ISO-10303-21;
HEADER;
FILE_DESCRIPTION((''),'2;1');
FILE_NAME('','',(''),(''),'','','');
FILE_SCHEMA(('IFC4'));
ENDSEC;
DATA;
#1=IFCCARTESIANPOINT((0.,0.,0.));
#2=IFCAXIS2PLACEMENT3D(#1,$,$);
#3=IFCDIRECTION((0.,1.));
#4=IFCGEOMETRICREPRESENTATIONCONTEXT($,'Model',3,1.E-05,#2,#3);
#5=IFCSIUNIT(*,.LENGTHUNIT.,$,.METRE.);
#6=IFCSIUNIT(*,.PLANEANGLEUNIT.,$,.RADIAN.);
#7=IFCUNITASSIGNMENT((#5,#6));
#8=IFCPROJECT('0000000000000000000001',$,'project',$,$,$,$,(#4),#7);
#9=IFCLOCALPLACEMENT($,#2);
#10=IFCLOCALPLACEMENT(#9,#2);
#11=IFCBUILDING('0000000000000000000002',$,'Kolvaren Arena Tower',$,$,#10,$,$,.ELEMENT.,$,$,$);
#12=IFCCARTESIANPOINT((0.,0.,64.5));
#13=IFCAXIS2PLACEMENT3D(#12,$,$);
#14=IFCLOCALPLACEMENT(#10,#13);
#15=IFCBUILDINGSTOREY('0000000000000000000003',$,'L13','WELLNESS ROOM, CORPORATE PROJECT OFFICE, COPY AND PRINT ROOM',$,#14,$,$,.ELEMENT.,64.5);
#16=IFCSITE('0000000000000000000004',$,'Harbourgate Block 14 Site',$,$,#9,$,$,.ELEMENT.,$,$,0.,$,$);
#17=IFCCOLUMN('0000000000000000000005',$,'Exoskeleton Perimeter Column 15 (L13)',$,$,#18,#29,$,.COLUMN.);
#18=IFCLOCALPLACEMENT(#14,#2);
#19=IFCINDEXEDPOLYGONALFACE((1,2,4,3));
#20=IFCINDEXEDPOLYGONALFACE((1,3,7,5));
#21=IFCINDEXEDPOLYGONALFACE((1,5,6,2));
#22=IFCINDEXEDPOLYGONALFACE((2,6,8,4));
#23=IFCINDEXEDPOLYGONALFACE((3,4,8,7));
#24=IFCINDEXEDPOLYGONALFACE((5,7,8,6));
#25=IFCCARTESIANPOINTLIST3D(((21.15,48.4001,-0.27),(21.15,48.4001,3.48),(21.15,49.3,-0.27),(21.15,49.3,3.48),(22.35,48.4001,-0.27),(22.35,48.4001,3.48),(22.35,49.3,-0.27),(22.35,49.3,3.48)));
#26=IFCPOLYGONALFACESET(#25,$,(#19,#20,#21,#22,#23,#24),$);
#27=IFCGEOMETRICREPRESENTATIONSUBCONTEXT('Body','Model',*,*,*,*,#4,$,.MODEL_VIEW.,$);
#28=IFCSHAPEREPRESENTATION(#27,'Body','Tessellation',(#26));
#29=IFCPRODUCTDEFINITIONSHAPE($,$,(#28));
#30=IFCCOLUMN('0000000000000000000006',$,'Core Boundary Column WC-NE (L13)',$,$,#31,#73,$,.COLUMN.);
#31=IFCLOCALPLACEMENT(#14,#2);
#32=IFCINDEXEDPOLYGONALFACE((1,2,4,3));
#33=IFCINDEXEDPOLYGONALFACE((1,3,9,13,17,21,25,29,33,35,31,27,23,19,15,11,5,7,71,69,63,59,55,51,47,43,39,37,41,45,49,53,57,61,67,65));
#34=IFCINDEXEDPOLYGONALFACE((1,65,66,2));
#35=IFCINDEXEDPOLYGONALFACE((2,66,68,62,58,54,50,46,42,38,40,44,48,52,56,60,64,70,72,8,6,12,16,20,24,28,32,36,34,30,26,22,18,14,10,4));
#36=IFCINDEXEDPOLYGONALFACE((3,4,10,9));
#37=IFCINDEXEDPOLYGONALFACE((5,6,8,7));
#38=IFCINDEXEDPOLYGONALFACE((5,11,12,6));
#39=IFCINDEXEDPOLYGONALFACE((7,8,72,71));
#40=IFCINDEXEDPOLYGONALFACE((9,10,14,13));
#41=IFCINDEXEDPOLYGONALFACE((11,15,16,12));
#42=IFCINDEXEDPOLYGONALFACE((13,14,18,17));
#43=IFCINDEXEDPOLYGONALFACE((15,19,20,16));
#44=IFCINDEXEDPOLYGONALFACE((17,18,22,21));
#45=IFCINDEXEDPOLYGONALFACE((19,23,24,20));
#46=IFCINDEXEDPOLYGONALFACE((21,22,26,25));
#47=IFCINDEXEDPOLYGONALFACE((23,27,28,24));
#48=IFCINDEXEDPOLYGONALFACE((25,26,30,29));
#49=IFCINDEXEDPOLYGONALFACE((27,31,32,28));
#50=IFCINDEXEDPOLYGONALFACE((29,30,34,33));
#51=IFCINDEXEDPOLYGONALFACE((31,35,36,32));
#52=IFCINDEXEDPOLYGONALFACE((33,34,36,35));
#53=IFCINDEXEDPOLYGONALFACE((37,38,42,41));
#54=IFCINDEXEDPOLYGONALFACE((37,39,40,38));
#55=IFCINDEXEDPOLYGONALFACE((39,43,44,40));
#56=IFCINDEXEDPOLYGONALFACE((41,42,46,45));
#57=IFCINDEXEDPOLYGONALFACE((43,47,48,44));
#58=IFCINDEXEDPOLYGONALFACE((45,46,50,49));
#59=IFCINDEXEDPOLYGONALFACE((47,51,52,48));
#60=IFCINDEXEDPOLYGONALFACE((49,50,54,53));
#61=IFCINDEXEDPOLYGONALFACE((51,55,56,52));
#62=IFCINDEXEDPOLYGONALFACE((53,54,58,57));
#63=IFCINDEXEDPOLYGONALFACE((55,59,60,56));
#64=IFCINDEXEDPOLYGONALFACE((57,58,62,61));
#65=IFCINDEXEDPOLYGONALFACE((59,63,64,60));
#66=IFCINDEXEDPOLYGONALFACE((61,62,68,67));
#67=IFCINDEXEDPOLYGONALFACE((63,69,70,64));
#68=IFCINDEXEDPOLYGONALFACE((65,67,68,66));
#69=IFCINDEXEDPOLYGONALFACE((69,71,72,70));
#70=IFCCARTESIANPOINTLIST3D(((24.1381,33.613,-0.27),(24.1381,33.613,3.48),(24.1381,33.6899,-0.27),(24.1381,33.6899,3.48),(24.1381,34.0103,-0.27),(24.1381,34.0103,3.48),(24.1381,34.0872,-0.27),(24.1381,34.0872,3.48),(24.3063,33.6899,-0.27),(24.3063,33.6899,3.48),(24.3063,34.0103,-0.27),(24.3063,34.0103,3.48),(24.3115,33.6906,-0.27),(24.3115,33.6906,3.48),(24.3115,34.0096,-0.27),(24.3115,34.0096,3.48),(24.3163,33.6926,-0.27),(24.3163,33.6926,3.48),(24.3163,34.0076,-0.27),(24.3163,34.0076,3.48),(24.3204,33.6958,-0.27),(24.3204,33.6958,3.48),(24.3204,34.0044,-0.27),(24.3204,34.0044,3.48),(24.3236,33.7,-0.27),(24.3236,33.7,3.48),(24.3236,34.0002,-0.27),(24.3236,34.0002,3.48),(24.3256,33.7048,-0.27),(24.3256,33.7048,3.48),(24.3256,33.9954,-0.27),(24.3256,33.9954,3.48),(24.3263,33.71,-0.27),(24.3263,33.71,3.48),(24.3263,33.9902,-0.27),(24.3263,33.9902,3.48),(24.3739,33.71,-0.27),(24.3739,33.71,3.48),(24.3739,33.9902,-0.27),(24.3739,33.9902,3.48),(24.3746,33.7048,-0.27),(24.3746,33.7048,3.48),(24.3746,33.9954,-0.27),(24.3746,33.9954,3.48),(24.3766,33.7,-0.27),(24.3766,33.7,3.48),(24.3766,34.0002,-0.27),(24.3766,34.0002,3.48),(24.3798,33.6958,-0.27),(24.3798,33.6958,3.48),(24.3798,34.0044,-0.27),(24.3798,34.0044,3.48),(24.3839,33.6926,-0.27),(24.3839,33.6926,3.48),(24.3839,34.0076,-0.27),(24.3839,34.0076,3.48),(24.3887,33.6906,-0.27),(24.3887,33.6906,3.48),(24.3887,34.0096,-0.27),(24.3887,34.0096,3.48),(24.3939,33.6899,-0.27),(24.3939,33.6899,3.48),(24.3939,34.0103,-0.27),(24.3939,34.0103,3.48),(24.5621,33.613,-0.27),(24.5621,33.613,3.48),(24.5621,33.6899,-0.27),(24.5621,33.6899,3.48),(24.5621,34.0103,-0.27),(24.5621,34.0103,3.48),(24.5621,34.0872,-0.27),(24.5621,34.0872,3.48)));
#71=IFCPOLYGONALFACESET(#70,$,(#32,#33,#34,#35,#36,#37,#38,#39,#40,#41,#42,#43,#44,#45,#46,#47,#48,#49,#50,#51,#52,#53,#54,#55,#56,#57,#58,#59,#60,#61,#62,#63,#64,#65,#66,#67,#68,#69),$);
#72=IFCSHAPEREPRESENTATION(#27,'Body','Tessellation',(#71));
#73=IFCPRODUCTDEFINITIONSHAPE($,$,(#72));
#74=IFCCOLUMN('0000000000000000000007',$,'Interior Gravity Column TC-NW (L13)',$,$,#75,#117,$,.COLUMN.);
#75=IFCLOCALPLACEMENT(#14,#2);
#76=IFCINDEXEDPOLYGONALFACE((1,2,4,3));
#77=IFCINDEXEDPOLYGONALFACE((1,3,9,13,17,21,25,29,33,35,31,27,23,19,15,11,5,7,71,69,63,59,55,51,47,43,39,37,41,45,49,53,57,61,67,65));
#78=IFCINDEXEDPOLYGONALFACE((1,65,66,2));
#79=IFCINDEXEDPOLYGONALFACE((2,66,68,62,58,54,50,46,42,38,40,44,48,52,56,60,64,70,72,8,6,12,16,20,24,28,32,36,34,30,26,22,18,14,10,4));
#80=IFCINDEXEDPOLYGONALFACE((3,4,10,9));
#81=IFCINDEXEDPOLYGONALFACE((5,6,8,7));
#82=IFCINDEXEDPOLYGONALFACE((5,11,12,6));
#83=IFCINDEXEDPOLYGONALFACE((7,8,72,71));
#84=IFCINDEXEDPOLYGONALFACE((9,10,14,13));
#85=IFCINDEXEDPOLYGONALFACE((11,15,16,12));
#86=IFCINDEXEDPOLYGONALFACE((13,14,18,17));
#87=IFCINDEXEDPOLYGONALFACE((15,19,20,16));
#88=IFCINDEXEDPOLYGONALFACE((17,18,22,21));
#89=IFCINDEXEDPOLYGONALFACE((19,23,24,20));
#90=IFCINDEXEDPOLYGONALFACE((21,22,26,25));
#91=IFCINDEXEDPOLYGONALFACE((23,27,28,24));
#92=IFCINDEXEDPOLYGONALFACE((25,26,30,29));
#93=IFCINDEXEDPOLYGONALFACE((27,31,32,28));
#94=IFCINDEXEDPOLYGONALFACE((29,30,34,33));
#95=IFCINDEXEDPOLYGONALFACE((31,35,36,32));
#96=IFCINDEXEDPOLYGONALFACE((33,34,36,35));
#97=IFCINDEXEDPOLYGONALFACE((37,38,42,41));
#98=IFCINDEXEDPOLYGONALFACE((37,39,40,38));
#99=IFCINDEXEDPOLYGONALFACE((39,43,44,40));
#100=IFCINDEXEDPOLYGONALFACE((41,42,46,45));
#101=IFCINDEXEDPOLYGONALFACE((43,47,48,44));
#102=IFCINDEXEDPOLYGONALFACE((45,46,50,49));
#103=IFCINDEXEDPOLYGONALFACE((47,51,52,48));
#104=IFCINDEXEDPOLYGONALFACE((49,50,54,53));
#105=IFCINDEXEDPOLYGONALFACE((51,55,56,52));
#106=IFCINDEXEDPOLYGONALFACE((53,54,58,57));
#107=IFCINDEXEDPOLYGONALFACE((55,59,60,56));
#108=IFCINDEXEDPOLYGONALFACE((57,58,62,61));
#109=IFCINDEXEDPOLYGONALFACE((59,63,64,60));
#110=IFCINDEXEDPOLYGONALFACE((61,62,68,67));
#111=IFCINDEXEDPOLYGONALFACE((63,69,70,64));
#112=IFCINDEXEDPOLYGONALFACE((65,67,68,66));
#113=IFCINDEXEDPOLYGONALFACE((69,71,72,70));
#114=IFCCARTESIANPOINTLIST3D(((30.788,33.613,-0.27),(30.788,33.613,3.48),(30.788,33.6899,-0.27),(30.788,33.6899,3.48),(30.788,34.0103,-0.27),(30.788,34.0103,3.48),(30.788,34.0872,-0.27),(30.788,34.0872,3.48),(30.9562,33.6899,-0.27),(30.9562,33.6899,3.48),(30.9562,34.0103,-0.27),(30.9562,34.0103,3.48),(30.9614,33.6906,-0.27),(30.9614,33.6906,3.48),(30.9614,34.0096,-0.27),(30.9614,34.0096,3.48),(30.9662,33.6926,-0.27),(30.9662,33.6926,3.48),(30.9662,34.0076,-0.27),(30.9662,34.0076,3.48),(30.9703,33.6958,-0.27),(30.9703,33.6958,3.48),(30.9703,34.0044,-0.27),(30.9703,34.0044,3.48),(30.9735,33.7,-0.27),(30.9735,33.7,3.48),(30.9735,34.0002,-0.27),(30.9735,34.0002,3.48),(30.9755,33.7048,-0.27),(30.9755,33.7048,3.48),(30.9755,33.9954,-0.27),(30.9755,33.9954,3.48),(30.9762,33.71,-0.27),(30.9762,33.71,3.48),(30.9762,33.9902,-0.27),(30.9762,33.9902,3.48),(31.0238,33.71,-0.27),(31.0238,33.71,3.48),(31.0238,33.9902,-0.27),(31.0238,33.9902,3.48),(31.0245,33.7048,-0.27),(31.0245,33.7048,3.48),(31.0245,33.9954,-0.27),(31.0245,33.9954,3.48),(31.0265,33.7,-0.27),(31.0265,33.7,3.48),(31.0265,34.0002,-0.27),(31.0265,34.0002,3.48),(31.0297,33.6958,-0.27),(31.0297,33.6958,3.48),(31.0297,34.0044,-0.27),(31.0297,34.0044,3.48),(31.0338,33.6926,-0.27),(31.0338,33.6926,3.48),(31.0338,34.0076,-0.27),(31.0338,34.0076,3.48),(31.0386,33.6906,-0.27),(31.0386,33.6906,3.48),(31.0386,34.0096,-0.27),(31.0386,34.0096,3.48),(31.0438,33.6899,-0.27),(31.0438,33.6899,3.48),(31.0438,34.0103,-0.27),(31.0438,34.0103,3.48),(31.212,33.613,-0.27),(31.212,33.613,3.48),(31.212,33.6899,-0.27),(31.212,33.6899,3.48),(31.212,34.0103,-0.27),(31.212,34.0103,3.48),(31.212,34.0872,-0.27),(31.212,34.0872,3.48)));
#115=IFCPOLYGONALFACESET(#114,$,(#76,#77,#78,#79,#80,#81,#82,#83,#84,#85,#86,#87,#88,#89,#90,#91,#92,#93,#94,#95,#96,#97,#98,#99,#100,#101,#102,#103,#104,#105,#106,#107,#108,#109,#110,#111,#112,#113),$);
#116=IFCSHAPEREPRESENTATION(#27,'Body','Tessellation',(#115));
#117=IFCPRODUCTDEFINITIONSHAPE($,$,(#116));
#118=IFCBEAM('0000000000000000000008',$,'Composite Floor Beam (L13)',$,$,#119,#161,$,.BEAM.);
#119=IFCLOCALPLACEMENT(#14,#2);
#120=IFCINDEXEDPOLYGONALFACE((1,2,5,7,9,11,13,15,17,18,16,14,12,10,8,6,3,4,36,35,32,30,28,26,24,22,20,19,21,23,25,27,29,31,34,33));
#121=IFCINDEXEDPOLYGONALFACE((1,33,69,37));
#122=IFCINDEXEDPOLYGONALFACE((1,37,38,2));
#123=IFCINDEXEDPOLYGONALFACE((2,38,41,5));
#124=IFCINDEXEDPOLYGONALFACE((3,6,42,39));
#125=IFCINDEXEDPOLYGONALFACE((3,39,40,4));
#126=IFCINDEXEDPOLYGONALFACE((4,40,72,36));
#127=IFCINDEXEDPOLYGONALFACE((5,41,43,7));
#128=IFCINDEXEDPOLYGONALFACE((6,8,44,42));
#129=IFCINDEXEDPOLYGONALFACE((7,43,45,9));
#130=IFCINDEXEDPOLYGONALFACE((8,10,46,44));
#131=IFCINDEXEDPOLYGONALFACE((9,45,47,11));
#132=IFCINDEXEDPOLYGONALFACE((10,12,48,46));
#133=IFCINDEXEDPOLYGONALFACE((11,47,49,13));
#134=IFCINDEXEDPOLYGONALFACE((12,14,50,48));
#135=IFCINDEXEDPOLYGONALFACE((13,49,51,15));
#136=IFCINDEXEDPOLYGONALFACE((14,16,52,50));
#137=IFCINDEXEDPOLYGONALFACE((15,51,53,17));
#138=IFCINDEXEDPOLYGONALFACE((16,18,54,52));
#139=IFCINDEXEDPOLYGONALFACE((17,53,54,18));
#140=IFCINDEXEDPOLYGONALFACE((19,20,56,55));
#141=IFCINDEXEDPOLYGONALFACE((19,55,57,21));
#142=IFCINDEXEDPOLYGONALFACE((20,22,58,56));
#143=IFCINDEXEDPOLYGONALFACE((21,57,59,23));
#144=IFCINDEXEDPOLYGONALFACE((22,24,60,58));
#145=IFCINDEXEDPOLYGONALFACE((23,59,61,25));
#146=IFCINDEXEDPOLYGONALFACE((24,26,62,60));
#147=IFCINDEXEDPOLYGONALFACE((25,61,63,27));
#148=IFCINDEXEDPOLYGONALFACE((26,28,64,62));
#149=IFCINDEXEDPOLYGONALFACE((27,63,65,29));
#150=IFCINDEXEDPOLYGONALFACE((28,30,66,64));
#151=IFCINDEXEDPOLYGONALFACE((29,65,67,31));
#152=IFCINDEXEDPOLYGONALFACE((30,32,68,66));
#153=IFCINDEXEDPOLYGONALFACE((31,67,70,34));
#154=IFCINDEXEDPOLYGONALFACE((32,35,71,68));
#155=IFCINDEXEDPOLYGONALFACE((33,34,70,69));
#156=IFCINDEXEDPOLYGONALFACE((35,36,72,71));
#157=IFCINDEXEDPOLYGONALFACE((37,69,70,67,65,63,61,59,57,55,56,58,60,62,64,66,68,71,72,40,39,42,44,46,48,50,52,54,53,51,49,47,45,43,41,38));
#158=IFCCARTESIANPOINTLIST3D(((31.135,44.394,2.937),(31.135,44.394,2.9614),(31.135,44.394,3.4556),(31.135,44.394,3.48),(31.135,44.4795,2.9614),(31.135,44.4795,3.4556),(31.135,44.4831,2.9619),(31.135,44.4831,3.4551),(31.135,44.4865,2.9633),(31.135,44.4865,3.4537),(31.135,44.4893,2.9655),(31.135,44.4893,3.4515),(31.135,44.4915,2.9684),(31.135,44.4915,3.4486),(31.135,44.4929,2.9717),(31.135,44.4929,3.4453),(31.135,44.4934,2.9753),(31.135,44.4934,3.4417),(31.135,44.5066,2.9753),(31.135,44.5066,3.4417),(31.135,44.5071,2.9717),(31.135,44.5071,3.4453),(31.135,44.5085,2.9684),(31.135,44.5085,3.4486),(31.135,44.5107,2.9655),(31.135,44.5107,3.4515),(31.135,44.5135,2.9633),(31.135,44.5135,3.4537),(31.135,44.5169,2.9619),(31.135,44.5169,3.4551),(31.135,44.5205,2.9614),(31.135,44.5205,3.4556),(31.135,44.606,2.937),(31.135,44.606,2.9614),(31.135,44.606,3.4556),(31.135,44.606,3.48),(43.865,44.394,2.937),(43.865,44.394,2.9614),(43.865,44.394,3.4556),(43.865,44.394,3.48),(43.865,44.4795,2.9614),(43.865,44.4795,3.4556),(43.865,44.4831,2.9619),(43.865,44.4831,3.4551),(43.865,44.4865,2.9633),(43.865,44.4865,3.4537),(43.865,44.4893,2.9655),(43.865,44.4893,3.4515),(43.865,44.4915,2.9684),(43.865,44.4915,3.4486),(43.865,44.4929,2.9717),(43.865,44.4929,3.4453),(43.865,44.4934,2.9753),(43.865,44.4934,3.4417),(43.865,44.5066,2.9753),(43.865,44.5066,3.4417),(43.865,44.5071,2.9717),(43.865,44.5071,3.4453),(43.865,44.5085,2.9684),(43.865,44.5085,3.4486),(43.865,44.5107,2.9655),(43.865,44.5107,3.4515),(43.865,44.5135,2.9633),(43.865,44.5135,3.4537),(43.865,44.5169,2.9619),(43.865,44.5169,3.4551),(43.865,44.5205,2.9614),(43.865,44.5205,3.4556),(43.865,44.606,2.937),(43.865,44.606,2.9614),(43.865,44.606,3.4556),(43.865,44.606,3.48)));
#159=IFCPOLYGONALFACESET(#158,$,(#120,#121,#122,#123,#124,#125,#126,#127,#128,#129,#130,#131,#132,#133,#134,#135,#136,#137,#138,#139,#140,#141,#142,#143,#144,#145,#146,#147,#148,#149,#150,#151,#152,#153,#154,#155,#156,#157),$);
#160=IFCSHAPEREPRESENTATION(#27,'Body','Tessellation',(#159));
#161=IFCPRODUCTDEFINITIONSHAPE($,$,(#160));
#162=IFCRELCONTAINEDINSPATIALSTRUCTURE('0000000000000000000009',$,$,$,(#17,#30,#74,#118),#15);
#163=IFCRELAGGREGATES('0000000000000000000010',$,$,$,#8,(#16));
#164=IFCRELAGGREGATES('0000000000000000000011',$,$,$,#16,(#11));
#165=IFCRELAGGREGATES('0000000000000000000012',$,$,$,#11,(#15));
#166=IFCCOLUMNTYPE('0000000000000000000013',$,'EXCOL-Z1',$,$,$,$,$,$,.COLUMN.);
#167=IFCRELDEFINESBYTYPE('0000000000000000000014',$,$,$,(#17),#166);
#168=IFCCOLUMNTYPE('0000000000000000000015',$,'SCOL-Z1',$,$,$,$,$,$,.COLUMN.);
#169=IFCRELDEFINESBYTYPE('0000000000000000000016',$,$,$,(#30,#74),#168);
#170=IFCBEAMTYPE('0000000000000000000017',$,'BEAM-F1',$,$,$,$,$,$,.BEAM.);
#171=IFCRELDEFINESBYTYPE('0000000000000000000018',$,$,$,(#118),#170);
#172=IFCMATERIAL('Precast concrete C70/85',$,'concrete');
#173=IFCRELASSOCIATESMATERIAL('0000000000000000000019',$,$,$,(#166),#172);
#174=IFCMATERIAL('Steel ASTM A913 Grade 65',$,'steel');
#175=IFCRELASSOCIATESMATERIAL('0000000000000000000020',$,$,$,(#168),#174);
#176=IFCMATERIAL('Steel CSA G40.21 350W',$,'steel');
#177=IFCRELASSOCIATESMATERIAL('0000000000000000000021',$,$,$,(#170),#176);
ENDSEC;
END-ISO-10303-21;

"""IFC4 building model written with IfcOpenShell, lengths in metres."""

from ifc_helpers import new_model, si_unit, direction, frame, origin, origin_2d, place, context, subcontext, project, spatial, rectangle, i_section, extrude, material, material_profile, profile_set, type_object, element, save


model = new_model("IFC4")

# Units and contexts
model_context = context("Model", 3, precision=1e-05, world=origin(), true_north=direction((0.0, 1.0)))
body_context = subcontext(model_context, "Body", "Model", "MODEL_VIEW")
ifc_project = project(units=[si_unit("LENGTHUNIT", "METRE"), si_unit("PLANEANGLEUNIT", "RADIAN")], contexts=[model_context])

# Site, building, storey
site_placement = place(None, origin())
site = spatial("IfcSite", under=ifc_project, at=site_placement, Name="Harbourgate Block 14 Site", CompositionType="ELEMENT", RefElevation=0.0)
building_placement = place(site_placement, origin())
building = spatial("IfcBuilding", under=site, at=building_placement, Name="Kolvaren Arena Tower", CompositionType="ELEMENT")
storey_placement = place(building_placement, frame((0.0, 0.0, 64.5)))
storey = spatial("IfcBuildingStorey", under=building, at=storey_placement, Name="L13", Description="WELLNESS ROOM, CORPORATE PROJECT OFFICE, COPY AND PRINT ROOM", CompositionType="ELEMENT", Elevation=64.5)

# Columns
ifc_material_1 = material(Name="Precast concrete C70/85", Category="concrete")
ifc_material_profile_1 = material_profile(ifc_material_1, rectangle(XDim=1.2, YDim=0.8999, at=origin_2d()), Name="RC-1200x900")
ifc_profile_set_1 = profile_set([ifc_material_profile_1], Name="Precast concrete C70/85")
column_type_1 = type_object("IfcColumnType", Name="EXCOL-Z1", PredefinedType="COLUMN", material=ifc_profile_set_1)
column_placement = place(storey_placement, frame((21.75, 48.8501, -0.27), z_axis=(0.0, 0.0, 1.0), x_axis=(1.0, 0.0, 0.0)))
element("IfcColumn", 1, at=column_placement, inside=storey, type_object=column_type_1, Name="Exoskeleton Perimeter Column 15 (L13)", PredefinedType="COLUMN", context=body_context, shape_type="SweptSolid", body=[
    extrude(rectangle(XDim=1.2, YDim=0.8999, at=origin_2d()), origin(), (0.0, 0.0, 1.0), 3.75),
])
ifc_material_2 = material(Name="Steel ASTM A913 Grade 65", Category="steel")
ifc_material_profile_2 = material_profile(ifc_material_2, i_section(OverallWidth=0.4241, OverallDepth=0.4741, WebThickness=0.0476, FlangeThickness=0.0769, FilletRadius=0.02, at=origin_2d()), Name="W360x634")
ifc_profile_set_2 = profile_set([ifc_material_profile_2], Name="Steel ASTM A913 Grade 65")
column_type_2 = type_object("IfcColumnType", Name="SCOL-Z1", PredefinedType="COLUMN", material=ifc_profile_set_2)
for number, where, z_axis, x_axis, name in (
    (2, (24.3501, 33.8501, -0.27), (0.0, 0.0, 1.0), (1.0, 0.0, 0.0), "Core Boundary Column WC-NE (L13)"),
    (3, (31.0, 33.8501, -0.27), (0.0, 0.0, 1.0), (1.0, 0.0, 0.0), "Interior Gravity Column TC-NW (L13)"),
):
    element("IfcColumn", number, at=place(storey_placement, frame(where, z_axis=z_axis, x_axis=x_axis)), inside=storey, type_object=column_type_2, Name=name, PredefinedType="COLUMN", context=body_context, shape_type="SweptSolid", body=[
        extrude(i_section(OverallWidth=0.4241, OverallDepth=0.4741, WebThickness=0.0476, FlangeThickness=0.0769, FilletRadius=0.02, at=origin_2d()), origin(), (0.0, 0.0, 1.0), 3.75),
    ])

# Beam
ifc_material_3 = material(Name="Steel CSA G40.21 350W", Category="steel")
ifc_material_profile_3 = material_profile(ifc_material_3, i_section(OverallWidth=0.2119, OverallDepth=0.543, WebThickness=0.0132, FlangeThickness=0.0244, FilletRadius=0.0139, at=origin_2d()), Name="W530x150")
ifc_profile_set_3 = profile_set([ifc_material_profile_3], Name="Steel CSA G40.21 350W")
beam_type_1 = type_object("IfcBeamType", Name="BEAM-F1", PredefinedType="BEAM", material=ifc_profile_set_3)
beam_1_placement = place(storey_placement, frame((31.135, 44.5, 3.2085), z_axis=(1.0, 0.0, 0.0), x_axis=(0.0, 1.0, 0.0)))
element("IfcBeam", 4, at=beam_1_placement, inside=storey, type_object=beam_type_1, Name="Composite Floor Beam (L13)", PredefinedType="BEAM", context=body_context, shape_type="SweptSolid", body=[
    extrude(i_section(OverallWidth=0.2119, OverallDepth=0.543, WebThickness=0.0132, FlangeThickness=0.0244, FilletRadius=0.0139, at=origin_2d()), origin(), (0.0, 0.0, 1.0), 12.73),
])

save(model, "model.ifc")
